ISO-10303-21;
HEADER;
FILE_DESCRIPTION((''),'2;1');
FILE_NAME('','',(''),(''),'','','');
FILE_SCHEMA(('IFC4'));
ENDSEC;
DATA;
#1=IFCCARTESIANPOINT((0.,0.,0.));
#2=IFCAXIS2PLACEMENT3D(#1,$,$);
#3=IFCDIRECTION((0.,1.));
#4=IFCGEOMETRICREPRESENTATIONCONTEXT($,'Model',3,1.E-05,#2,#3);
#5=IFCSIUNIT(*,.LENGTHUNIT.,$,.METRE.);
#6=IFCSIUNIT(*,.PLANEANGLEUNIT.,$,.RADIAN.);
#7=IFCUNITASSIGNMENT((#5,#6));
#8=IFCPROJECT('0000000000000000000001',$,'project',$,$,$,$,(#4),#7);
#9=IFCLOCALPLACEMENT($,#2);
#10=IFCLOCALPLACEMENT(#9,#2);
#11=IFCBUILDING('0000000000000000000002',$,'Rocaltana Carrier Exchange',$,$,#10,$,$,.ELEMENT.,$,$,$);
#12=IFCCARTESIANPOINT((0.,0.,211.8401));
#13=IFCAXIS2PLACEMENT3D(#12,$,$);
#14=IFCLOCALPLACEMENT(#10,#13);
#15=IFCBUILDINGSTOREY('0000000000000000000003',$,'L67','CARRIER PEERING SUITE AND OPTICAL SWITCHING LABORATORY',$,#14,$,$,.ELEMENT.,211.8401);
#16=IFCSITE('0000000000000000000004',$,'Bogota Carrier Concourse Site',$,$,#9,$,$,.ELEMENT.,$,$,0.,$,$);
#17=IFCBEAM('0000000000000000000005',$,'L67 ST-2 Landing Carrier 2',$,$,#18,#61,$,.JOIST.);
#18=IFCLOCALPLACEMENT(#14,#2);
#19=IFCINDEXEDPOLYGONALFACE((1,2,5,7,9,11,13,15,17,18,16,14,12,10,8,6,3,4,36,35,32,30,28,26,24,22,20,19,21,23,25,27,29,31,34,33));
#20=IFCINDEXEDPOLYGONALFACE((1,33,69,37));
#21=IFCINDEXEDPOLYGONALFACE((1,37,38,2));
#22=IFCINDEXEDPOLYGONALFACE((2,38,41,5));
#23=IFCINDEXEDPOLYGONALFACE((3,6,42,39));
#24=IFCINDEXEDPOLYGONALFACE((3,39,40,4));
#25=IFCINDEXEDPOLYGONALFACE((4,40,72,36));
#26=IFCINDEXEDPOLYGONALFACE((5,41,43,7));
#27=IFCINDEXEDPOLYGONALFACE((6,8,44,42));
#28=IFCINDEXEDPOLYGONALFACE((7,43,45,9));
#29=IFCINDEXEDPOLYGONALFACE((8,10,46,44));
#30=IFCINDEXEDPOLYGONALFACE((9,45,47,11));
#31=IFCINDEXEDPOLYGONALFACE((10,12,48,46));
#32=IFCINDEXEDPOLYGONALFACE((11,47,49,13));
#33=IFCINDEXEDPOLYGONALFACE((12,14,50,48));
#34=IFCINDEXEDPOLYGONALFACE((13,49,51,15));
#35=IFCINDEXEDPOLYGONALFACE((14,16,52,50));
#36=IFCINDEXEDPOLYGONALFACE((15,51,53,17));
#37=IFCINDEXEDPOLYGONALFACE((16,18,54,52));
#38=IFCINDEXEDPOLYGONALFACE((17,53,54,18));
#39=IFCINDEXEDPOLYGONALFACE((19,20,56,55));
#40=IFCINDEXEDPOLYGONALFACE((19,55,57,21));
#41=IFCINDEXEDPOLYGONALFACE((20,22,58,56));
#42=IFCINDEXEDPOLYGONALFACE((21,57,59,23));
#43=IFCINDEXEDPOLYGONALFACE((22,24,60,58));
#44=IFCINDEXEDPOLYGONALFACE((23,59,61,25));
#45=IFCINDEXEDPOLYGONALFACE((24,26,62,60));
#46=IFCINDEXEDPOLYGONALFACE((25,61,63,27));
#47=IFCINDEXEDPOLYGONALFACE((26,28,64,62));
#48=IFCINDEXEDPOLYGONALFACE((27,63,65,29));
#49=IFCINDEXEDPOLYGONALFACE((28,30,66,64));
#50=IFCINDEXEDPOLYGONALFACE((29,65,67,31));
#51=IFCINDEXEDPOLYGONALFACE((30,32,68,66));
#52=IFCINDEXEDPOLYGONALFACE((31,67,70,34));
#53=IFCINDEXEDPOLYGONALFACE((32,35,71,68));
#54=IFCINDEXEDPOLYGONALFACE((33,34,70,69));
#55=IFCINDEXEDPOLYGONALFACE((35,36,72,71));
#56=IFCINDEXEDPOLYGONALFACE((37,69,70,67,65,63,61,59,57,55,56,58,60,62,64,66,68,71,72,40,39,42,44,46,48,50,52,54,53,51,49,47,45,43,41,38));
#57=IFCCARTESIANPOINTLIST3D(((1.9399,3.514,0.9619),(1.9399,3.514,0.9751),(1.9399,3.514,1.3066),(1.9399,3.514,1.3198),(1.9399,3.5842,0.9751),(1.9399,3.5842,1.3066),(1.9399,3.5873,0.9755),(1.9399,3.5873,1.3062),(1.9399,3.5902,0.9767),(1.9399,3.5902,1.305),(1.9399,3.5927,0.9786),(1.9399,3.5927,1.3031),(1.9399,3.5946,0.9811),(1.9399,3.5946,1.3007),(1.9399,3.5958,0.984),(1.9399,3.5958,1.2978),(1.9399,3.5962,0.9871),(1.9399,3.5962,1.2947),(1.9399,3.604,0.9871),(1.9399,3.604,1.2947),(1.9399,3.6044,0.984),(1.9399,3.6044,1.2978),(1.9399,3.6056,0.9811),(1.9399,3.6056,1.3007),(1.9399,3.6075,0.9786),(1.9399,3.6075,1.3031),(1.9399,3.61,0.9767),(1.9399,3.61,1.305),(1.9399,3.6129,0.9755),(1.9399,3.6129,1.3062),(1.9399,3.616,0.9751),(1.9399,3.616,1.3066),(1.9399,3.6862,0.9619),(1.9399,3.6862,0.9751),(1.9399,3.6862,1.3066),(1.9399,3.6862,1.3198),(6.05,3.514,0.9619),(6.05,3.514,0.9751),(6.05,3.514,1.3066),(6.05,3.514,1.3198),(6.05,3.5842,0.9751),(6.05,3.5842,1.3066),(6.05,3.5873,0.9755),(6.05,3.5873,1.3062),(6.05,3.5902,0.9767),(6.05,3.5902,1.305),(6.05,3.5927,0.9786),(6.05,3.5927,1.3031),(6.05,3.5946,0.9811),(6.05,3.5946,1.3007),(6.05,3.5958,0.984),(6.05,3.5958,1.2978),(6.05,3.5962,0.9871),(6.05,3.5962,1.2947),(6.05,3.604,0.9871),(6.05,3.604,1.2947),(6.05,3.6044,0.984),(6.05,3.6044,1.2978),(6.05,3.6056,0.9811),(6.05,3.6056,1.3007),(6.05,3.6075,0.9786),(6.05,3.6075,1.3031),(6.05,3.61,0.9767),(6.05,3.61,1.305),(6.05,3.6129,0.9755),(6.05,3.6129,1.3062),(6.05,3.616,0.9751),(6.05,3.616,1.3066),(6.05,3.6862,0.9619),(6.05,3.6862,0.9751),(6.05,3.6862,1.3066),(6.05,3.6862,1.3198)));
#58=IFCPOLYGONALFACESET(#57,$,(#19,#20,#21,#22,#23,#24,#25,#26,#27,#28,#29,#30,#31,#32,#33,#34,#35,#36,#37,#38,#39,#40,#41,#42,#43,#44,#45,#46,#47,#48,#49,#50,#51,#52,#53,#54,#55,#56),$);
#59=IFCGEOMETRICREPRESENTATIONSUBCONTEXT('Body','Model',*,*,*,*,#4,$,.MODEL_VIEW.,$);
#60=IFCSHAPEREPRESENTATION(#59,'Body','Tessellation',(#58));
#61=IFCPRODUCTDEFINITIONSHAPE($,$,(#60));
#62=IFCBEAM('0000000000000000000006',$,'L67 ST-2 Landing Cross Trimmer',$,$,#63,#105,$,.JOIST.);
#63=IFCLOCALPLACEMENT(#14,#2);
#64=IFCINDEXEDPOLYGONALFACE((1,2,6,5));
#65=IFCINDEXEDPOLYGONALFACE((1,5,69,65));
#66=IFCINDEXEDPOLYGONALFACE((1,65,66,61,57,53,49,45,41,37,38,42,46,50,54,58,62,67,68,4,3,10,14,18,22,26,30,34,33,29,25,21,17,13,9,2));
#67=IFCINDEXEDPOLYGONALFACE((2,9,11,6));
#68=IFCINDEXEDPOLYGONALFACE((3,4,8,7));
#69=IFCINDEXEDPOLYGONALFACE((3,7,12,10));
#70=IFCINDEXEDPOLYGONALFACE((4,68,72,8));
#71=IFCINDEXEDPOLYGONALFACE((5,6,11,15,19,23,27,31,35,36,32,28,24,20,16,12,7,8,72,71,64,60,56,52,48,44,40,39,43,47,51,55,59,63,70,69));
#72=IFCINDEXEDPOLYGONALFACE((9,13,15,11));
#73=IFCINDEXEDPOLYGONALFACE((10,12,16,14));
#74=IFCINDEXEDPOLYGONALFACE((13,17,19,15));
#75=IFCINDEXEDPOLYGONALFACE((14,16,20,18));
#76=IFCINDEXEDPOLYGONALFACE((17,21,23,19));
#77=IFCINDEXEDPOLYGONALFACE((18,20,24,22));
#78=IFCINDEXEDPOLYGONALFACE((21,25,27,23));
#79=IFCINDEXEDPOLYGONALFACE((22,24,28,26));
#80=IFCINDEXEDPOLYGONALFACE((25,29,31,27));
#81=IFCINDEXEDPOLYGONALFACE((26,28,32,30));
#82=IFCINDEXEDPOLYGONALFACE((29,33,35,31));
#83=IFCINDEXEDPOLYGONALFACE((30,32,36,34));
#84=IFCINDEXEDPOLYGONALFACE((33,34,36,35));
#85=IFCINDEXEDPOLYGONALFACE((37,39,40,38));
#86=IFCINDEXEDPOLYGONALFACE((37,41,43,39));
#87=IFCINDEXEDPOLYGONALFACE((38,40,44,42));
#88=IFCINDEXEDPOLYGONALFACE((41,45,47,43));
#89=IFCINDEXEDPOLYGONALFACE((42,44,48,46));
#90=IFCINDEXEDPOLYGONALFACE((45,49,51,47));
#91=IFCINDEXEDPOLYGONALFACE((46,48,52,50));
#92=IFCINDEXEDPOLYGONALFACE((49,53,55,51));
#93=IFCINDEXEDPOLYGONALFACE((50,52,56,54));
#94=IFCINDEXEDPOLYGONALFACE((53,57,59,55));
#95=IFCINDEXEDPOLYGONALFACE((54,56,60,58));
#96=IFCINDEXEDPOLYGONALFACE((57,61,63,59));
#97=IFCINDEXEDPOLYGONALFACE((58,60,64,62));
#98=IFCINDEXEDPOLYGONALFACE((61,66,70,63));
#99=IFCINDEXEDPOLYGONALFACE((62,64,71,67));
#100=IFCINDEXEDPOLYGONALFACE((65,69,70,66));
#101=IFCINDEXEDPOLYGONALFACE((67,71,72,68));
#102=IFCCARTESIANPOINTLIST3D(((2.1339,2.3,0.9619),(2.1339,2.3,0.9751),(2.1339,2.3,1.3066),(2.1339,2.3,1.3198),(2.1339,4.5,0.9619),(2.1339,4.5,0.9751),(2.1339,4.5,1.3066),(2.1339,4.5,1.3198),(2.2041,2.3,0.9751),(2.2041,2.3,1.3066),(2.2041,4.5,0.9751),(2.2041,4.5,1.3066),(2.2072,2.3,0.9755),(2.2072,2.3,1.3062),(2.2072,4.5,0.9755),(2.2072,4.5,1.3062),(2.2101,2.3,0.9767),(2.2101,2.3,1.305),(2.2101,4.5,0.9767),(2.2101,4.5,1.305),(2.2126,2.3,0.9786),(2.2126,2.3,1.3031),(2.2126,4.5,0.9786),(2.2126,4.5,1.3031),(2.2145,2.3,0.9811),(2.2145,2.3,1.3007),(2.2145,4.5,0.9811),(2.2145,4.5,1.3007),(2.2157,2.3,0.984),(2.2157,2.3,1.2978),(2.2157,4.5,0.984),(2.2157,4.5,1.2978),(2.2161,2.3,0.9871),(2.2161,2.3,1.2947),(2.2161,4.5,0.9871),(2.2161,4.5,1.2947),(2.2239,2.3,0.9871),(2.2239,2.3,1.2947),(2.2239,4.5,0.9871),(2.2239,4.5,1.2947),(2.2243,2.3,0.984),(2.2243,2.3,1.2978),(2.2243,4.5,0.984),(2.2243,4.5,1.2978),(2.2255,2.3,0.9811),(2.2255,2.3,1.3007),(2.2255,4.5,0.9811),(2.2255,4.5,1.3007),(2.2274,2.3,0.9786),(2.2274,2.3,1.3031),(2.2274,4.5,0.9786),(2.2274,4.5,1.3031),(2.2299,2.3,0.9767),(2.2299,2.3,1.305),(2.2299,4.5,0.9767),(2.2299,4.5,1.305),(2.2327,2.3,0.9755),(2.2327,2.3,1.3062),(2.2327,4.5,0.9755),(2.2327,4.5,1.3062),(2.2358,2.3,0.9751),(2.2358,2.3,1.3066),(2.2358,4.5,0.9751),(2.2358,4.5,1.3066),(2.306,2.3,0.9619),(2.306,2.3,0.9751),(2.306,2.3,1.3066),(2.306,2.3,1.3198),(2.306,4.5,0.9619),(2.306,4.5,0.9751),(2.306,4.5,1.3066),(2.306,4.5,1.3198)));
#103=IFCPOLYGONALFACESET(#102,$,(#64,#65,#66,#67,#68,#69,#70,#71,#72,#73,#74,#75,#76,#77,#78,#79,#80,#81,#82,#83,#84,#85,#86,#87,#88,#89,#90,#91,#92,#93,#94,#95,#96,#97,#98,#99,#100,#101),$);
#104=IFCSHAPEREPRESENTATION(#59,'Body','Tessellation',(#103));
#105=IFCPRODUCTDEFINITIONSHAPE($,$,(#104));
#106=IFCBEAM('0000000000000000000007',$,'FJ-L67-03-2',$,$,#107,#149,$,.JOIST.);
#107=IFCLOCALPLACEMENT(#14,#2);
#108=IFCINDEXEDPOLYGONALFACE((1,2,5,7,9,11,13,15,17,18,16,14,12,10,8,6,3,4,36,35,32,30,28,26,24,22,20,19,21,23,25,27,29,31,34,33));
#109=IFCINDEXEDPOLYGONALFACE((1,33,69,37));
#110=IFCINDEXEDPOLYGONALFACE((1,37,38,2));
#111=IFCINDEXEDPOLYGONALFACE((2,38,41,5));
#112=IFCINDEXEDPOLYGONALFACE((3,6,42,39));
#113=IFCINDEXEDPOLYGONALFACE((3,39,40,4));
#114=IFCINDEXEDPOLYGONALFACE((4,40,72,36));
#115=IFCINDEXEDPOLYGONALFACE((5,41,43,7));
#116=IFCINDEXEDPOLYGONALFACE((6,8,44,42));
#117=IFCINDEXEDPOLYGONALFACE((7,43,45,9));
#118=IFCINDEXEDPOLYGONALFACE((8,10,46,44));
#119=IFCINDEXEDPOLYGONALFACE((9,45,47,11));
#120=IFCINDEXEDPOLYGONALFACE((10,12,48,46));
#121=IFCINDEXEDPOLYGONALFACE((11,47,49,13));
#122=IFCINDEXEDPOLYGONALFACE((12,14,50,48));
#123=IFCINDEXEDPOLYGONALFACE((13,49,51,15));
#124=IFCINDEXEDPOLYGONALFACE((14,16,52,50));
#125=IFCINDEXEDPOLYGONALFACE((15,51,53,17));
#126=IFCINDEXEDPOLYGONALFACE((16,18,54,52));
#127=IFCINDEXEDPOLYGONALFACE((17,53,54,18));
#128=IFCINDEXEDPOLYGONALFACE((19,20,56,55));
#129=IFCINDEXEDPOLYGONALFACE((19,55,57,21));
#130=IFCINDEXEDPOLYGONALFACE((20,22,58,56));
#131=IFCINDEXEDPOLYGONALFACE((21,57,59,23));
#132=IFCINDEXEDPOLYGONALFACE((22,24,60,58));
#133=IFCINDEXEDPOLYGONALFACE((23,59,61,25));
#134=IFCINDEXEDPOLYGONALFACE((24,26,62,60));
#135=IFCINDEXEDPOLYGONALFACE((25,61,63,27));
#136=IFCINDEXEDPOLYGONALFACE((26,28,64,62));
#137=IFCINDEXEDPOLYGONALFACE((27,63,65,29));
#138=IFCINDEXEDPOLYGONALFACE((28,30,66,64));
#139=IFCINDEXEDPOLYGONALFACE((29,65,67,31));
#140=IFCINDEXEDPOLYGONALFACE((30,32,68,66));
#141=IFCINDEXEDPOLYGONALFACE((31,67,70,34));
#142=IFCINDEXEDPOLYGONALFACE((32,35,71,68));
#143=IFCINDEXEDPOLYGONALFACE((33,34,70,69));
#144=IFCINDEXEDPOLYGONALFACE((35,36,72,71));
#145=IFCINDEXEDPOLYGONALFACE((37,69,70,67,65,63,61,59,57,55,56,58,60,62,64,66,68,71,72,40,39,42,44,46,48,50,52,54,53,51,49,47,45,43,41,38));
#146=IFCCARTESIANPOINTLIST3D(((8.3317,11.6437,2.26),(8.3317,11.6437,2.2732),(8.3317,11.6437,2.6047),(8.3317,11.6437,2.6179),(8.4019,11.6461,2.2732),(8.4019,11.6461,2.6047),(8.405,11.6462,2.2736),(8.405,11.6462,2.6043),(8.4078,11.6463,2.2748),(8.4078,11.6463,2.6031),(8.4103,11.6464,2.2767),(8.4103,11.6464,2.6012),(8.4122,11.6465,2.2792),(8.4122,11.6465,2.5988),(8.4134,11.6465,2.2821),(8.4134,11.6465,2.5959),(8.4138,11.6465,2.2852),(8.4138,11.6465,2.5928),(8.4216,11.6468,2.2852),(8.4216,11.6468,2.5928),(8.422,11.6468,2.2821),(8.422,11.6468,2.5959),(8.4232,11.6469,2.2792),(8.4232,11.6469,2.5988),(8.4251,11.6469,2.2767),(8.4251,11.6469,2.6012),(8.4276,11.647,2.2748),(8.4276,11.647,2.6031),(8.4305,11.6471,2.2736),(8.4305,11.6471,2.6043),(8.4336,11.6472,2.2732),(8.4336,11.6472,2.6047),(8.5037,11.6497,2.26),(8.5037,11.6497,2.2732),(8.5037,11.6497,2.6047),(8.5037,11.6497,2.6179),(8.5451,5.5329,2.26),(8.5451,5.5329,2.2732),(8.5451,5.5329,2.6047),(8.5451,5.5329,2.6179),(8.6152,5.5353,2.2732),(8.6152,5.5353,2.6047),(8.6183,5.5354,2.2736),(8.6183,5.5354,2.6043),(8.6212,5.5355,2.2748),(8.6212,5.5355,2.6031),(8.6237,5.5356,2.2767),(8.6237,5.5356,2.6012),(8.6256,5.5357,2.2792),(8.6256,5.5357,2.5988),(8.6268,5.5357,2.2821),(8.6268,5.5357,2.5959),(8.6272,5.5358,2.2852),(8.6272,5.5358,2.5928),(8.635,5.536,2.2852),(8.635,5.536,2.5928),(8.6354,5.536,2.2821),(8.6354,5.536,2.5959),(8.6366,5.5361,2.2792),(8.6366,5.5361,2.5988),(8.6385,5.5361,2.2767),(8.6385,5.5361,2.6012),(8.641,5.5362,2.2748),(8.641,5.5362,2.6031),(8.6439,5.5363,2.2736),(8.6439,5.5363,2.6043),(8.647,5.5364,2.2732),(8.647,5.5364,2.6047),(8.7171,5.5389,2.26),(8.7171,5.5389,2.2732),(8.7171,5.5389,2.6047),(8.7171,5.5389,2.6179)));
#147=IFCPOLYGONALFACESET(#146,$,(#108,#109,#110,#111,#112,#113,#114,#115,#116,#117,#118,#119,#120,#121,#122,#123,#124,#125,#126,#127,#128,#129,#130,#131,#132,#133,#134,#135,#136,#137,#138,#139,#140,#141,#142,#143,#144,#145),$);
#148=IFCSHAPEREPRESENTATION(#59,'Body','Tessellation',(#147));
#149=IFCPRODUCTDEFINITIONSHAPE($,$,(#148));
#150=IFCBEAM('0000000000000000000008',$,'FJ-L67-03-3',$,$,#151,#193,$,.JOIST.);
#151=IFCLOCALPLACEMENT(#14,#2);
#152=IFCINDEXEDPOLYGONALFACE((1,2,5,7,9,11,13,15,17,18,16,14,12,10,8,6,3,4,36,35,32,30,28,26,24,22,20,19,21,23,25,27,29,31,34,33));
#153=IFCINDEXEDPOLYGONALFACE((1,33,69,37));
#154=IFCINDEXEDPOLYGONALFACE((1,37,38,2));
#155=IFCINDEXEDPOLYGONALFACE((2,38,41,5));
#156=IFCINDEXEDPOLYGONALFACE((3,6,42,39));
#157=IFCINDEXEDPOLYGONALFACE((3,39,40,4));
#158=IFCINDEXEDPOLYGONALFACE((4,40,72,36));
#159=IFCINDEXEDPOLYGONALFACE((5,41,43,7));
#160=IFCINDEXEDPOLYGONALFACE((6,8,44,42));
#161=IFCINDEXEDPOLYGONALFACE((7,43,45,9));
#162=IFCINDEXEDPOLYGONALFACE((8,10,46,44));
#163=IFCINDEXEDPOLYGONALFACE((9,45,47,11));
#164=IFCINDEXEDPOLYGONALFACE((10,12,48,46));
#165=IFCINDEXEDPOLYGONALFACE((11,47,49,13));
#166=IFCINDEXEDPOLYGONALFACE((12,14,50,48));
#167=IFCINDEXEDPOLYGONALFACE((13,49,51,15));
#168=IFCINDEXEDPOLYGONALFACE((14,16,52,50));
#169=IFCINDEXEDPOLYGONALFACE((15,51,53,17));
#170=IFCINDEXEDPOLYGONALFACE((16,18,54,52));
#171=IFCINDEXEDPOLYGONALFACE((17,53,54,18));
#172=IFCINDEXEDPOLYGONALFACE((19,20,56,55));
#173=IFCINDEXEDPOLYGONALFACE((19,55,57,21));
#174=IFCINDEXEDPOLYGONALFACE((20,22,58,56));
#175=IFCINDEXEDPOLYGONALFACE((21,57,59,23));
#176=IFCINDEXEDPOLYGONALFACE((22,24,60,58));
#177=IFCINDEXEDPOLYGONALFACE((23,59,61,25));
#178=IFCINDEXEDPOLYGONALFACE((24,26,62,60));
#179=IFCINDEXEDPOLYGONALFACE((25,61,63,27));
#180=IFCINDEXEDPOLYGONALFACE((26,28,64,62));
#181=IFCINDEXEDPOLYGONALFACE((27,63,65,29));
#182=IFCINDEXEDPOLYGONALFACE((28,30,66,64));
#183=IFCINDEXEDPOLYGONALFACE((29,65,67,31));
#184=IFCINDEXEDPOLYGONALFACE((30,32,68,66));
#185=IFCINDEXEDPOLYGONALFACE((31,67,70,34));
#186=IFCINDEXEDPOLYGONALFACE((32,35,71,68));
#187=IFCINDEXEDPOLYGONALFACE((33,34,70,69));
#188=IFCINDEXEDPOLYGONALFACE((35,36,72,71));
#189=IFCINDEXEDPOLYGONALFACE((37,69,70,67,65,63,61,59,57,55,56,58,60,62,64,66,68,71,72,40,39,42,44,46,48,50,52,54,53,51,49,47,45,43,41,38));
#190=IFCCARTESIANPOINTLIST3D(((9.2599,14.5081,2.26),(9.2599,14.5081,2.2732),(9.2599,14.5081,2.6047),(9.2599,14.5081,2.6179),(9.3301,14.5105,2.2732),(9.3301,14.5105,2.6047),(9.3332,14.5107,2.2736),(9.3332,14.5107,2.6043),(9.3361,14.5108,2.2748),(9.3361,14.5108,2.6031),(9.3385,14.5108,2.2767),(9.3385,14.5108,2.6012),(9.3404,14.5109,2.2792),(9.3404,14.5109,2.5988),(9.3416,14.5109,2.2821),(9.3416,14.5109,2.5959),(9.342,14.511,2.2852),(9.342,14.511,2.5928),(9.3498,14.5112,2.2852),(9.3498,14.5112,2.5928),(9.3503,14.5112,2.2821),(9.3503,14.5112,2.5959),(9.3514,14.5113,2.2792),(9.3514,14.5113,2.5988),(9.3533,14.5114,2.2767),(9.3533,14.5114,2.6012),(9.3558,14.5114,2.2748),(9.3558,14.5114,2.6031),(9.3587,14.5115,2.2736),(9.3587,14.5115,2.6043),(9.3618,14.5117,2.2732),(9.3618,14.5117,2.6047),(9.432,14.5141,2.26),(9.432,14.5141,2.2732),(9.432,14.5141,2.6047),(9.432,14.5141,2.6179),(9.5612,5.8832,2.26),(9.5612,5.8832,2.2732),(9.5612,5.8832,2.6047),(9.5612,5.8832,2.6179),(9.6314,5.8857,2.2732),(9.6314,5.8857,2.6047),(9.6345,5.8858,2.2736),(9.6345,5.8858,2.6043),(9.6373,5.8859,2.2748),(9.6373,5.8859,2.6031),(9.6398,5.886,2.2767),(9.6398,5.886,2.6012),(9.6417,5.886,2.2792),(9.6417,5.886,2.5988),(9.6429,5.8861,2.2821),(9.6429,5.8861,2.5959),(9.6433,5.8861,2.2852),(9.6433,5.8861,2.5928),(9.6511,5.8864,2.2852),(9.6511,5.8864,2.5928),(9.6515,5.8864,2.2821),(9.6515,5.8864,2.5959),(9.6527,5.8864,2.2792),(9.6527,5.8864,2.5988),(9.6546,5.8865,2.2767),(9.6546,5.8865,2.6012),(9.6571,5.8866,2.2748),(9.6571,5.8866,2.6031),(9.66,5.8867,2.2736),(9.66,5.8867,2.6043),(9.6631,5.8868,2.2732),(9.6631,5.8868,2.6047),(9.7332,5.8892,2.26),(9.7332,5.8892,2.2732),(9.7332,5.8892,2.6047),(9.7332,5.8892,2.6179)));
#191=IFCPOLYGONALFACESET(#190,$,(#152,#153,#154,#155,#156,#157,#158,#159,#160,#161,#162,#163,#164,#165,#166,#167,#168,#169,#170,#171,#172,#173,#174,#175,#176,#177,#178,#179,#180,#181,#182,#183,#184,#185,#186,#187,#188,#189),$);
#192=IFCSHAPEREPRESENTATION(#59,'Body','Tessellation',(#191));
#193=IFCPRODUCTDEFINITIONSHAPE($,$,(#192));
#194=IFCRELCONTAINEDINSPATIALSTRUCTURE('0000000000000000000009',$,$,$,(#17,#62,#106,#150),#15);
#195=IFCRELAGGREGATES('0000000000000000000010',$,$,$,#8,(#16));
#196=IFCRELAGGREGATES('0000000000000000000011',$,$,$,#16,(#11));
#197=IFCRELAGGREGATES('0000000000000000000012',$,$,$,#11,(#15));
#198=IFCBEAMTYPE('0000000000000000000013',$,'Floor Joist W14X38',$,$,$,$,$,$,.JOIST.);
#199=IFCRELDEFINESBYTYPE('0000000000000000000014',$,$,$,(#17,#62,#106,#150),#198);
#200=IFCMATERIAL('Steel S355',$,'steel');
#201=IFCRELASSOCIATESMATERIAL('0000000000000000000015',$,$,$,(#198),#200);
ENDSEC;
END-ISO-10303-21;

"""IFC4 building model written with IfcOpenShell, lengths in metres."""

from ifc_helpers import new_model, si_unit, direction, frame, origin, origin_2d, place, context, subcontext, project, spatial, i_section, extrude, material, material_profile, profile_set, type_object, element, save


model = new_model("IFC4")

# Units and contexts
model_context = context("Model", 3, precision=1e-05, world=origin(), true_north=direction((0.0, 1.0)))
body_context = subcontext(model_context, "Body", "Model", "MODEL_VIEW")
ifc_project = project(units=[si_unit("LENGTHUNIT", "METRE"), si_unit("PLANEANGLEUNIT", "RADIAN")], contexts=[model_context])

# Site, building, storey
site_placement = place(None, origin())
site = spatial("IfcSite", under=ifc_project, at=site_placement, Name="Bogota Carrier Concourse Site", CompositionType="ELEMENT", RefElevation=0.0)
building_placement = place(site_placement, origin())
building = spatial("IfcBuilding", under=site, at=building_placement, Name="Rocaltana Carrier Exchange", CompositionType="ELEMENT")
storey_placement = place(building_placement, frame((0.0, 0.0, 211.8401)))
storey = spatial("IfcBuildingStorey", under=building, at=storey_placement, Name="L67", Description="CARRIER PEERING SUITE AND OPTICAL SWITCHING LABORATORY", CompositionType="ELEMENT", Elevation=211.8401)

# Beams
ifc_material_1 = material(Name="Steel S355", Category="steel")
ifc_material_profile_1 = material_profile(ifc_material_1, i_section(OverallWidth=0.1721, OverallDepth=0.3579, WebThickness=0.0078, FlangeThickness=0.0132, FilletRadius=0.012, at=origin_2d()), Name="W14X38")
ifc_profile_set_1 = profile_set([ifc_material_profile_1], Name="Steel S355")
beam_type_1 = type_object("IfcBeamType", Name="Floor Joist W14X38", PredefinedType="JOIST", material=ifc_profile_set_1)
for number, where, z_axis, x_axis, name in (
    (1, (1.9399, 3.6001, 1.1409), (1.0, 0.0, 0.0), (0.0, 1.0, 0.0), "L67 ST-2 Landing Carrier 2"),
):
    element("IfcBeam", number, at=place(storey_placement, frame(where, z_axis=z_axis, x_axis=x_axis)), inside=storey, type_object=beam_type_1, Name=name, PredefinedType="JOIST", context=body_context, shape_type="SweptSolid", body=[
        extrude(i_section(OverallWidth=0.1721, OverallDepth=0.3579, WebThickness=0.0078, FlangeThickness=0.0132, FilletRadius=0.012, at=origin_2d()), origin(), (0.0, 0.0, 1.0), 4.1101),
    ])
beam_1_placement = place(storey_placement, frame((2.22, 2.3, 1.1409), z_axis=(0.0, 1.0, 0.0), x_axis=(-1.0, 0.0, 0.0)))
element("IfcBeam", 2, at=beam_1_placement, inside=storey, type_object=beam_type_1, Name="L67 ST-2 Landing Cross Trimmer", PredefinedType="JOIST", context=body_context, shape_type="SweptSolid", body=[
    extrude(i_section(OverallWidth=0.1721, OverallDepth=0.3579, WebThickness=0.0078, FlangeThickness=0.0132, FilletRadius=0.012, at=origin_2d()), origin(), (0.0, 0.0, 1.0), 2.2),
])
beam_2_placement = place(storey_placement, frame((8.6311, 5.5359, 2.439), z_axis=(-0.034897, 0.999391, 0.0), x_axis=(-0.999391, -0.034897, 0.0)))
element("IfcBeam", 3, at=beam_2_placement, inside=storey, type_object=beam_type_1, Name="FJ-L67-03-2", PredefinedType="JOIST", context=body_context, shape_type="SweptSolid", body=[
    extrude(i_section(OverallWidth=0.1721, OverallDepth=0.3579, WebThickness=0.0078, FlangeThickness=0.0132, FilletRadius=0.012, at=origin_2d()), origin(), (0.0, 0.0, 1.0), 6.1145),
])
beam_3_placement = place(storey_placement, frame((9.6472, 5.8862, 2.439), z_axis=(-0.034909, 0.99939, 0.0), x_axis=(-0.99939, -0.034909, 0.0)))
element("IfcBeam", 4, at=beam_3_placement, inside=storey, type_object=beam_type_1, Name="FJ-L67-03-3", PredefinedType="JOIST", context=body_context, shape_type="SweptSolid", body=[
    extrude(i_section(OverallWidth=0.1721, OverallDepth=0.3579, WebThickness=0.0078, FlangeThickness=0.0132, FilletRadius=0.012, at=origin_2d()), origin(), (0.0, 0.0, 1.0), 8.6301),
])

save(model, "model.ifc")
